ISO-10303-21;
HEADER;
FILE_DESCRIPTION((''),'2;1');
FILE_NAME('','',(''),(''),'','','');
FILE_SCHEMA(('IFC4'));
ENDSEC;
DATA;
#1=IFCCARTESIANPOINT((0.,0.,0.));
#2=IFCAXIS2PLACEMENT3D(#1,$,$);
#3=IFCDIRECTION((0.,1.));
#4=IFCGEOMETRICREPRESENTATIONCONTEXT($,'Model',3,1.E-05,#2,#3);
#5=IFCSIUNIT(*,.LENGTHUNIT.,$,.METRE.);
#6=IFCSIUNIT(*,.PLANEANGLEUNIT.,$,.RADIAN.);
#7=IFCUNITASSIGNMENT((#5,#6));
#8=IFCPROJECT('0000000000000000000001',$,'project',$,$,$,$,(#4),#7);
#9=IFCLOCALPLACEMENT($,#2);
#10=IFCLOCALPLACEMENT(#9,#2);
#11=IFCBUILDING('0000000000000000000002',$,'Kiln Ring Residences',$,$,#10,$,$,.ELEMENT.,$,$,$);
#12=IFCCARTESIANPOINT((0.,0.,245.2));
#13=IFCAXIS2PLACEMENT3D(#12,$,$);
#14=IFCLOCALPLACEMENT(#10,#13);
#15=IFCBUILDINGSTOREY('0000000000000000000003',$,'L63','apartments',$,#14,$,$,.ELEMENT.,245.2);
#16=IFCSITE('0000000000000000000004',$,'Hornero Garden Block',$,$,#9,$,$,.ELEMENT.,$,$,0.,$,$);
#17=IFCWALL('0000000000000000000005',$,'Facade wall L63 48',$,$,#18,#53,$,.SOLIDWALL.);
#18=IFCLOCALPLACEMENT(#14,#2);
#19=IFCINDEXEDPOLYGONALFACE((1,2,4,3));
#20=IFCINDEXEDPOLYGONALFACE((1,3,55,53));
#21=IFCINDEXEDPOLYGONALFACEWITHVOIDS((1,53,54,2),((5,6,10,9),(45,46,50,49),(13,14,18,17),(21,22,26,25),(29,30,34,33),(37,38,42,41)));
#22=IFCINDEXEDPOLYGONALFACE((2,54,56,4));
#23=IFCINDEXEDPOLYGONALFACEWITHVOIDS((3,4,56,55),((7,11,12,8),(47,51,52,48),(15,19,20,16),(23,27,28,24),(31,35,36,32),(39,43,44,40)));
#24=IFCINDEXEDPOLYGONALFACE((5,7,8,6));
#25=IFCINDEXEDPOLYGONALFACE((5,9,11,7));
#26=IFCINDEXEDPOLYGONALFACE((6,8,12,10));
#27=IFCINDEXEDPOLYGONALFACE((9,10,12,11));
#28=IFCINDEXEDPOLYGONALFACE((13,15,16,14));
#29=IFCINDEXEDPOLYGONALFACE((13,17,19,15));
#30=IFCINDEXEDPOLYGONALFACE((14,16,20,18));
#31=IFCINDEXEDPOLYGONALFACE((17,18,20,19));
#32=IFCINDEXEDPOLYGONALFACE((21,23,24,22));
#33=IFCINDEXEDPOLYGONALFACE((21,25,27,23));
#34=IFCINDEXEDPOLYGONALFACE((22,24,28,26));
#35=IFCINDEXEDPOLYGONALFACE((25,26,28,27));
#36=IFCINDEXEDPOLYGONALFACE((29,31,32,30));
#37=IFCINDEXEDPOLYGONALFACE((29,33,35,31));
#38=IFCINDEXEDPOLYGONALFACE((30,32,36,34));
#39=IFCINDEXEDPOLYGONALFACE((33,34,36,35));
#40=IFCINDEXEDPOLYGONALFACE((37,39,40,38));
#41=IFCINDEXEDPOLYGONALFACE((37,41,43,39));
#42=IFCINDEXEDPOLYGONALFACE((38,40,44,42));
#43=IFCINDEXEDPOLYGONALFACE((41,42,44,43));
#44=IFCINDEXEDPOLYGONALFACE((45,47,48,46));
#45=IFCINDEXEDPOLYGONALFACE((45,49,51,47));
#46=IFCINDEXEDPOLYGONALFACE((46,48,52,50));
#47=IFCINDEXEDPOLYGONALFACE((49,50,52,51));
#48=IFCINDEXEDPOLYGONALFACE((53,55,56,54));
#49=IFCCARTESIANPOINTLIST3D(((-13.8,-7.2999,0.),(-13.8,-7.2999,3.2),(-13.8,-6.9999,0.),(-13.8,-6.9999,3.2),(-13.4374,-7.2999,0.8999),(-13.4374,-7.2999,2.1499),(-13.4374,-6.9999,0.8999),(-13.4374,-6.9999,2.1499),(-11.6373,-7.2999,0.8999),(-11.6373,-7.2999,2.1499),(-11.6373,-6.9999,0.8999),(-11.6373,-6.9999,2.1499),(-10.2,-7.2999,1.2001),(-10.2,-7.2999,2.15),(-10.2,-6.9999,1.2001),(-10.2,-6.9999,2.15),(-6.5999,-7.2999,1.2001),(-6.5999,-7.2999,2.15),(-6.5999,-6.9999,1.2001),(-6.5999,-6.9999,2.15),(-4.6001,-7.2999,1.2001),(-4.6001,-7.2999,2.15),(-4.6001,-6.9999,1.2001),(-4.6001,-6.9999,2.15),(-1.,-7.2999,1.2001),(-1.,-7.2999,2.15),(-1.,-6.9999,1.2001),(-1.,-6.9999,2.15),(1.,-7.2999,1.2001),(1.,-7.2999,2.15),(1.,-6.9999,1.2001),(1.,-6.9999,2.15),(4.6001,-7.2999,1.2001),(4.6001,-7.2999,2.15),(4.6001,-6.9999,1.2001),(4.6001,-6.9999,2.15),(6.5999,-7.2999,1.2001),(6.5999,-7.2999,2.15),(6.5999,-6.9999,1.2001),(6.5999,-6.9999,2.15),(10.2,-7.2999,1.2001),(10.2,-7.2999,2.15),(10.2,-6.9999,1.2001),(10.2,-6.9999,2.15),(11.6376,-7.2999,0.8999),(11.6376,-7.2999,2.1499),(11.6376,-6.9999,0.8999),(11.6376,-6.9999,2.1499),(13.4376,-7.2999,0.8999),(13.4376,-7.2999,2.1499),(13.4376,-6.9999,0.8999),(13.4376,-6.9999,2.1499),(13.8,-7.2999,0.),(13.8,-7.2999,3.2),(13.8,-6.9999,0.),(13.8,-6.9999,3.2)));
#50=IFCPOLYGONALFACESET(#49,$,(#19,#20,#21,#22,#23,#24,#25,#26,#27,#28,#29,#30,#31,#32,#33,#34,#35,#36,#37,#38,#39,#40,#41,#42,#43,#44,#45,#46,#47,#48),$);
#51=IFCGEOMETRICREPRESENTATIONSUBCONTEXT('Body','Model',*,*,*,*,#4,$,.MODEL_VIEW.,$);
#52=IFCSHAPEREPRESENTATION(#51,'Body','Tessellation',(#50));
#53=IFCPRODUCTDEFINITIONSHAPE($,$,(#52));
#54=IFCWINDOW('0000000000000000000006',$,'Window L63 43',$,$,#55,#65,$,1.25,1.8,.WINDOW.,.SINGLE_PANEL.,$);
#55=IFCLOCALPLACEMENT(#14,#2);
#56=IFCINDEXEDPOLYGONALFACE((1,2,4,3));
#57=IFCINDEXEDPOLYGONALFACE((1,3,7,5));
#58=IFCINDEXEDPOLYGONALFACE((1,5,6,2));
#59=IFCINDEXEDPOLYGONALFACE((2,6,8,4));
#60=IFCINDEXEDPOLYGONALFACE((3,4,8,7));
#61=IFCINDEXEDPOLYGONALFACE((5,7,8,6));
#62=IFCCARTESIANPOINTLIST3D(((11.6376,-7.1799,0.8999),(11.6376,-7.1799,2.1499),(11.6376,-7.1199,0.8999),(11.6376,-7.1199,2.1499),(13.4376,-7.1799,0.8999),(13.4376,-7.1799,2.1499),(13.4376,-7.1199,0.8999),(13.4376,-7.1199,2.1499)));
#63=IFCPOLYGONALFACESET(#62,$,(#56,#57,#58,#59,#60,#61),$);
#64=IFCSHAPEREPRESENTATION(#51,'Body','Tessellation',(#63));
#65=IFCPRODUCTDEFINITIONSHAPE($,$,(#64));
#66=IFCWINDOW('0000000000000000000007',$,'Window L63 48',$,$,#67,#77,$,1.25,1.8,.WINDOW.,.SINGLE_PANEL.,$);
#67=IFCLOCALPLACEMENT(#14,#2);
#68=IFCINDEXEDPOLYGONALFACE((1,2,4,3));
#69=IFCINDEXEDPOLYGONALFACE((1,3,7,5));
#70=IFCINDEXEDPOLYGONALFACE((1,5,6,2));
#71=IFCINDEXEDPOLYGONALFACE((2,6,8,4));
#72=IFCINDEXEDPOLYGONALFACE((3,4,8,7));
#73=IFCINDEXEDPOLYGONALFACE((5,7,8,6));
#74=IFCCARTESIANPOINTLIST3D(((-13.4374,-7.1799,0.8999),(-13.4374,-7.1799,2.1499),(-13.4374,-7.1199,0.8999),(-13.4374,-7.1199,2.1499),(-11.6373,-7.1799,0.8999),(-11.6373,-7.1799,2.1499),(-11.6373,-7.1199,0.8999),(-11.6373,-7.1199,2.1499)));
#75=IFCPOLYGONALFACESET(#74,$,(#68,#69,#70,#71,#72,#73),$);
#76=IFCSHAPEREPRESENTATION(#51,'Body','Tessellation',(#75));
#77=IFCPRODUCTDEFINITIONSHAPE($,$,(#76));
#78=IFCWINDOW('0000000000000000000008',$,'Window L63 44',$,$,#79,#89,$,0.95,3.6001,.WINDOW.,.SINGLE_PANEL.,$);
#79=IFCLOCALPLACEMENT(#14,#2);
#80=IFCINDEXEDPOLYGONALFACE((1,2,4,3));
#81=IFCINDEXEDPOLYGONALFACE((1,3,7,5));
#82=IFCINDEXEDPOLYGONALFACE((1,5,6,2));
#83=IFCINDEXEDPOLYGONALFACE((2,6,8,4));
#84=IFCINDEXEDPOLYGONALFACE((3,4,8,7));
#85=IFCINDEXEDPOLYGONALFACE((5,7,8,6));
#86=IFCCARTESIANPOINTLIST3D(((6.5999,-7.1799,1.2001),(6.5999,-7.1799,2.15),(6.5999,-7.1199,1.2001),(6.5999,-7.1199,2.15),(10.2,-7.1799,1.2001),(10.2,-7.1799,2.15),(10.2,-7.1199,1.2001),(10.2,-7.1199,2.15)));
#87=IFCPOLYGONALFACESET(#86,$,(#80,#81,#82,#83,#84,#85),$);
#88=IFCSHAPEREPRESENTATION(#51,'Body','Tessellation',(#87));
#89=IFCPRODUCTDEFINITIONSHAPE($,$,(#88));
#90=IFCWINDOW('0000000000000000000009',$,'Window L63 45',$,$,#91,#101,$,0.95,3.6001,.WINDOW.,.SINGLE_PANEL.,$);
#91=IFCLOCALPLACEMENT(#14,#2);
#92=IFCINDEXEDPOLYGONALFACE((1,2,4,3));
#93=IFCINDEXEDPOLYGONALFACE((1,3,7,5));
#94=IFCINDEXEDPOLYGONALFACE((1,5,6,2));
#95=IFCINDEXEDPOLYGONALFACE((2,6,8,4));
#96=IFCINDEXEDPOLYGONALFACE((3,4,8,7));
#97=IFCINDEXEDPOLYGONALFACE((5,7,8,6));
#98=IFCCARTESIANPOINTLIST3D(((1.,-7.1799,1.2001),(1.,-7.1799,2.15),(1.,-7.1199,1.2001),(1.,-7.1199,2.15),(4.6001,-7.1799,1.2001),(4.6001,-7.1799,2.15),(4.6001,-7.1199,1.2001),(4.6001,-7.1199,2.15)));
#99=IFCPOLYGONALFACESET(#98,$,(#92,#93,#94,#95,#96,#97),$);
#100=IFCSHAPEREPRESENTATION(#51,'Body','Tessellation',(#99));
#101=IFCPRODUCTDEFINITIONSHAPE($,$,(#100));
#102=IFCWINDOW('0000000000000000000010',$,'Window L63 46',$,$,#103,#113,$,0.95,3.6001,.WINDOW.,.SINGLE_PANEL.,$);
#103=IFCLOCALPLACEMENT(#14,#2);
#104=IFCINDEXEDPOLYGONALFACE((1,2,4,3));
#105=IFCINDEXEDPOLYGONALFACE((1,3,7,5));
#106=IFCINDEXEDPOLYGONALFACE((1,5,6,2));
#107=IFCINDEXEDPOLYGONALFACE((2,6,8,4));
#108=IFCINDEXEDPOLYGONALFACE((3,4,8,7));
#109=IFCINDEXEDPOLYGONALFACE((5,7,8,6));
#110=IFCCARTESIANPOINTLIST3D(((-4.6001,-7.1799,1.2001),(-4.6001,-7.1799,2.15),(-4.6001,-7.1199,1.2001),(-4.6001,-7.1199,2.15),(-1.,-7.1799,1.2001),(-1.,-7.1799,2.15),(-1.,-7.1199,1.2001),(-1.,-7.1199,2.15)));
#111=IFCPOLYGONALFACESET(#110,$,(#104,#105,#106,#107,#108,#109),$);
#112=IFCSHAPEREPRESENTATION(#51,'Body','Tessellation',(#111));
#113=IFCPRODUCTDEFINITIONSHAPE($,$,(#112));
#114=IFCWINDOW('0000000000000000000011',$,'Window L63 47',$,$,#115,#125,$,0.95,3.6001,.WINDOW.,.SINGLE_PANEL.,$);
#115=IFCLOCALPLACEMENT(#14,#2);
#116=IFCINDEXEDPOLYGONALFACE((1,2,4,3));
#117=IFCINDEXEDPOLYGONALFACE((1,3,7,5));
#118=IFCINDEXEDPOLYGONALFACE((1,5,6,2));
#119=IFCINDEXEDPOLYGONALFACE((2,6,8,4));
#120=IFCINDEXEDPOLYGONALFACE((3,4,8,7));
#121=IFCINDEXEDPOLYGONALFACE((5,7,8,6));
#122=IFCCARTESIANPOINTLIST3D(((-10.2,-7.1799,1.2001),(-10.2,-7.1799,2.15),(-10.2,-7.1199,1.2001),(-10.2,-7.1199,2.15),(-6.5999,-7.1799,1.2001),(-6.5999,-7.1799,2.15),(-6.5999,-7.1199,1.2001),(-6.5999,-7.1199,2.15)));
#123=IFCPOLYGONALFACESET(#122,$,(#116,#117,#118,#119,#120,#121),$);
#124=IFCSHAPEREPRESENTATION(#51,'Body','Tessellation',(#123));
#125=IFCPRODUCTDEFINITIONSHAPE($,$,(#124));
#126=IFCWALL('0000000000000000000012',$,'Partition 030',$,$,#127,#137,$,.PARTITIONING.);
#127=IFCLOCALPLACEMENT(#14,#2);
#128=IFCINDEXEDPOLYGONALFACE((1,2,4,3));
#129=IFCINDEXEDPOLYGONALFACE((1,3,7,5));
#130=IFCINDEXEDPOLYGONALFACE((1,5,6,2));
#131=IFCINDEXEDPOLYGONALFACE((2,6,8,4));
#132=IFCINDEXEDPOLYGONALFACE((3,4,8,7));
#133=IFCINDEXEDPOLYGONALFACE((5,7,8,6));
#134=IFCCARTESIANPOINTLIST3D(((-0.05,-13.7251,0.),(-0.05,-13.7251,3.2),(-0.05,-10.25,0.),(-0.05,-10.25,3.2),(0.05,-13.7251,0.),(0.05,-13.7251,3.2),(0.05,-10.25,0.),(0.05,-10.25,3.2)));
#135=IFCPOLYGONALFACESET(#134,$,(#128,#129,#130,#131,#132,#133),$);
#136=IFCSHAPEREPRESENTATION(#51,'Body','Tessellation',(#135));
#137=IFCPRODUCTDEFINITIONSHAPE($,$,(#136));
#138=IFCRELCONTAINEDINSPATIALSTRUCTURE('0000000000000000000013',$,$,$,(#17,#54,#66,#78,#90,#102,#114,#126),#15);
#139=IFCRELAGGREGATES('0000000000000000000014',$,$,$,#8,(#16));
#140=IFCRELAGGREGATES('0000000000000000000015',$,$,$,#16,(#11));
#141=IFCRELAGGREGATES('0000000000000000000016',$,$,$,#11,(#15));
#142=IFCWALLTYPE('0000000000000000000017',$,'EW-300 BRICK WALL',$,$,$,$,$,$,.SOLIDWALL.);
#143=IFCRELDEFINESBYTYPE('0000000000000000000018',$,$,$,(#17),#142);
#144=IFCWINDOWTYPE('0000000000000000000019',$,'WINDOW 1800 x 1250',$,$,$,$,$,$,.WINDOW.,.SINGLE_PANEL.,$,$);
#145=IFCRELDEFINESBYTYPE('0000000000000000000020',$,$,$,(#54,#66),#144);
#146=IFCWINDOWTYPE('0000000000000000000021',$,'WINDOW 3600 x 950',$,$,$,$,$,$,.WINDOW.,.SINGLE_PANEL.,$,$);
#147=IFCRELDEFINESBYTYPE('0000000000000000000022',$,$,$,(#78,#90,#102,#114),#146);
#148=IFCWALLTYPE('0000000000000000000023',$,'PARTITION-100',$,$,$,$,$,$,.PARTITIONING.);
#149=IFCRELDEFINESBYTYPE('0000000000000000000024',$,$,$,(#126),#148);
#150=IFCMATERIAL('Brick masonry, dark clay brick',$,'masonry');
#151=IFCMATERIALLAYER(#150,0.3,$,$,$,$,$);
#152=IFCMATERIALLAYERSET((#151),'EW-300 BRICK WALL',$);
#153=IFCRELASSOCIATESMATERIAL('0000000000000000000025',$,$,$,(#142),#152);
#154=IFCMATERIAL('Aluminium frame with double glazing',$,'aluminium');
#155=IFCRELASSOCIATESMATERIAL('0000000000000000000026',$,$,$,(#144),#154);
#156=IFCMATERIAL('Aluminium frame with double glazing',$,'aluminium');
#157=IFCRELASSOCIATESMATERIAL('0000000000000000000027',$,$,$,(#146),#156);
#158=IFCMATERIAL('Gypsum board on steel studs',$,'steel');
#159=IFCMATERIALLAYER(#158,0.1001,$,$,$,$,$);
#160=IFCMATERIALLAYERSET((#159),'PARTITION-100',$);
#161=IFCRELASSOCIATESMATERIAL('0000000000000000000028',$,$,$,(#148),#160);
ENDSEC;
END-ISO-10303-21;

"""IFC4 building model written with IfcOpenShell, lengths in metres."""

from ifc_helpers import new_model, si_unit, direction, frame, frame_2d, origin, place, context, subcontext, project, spatial, rectangle, extrude, material, layer, layer_set, type_object, element, fill, save


model = new_model("IFC4")

# Units and contexts
model_context = context("Model", 3, precision=1e-05, world=origin(), true_north=direction((0.0, 1.0)))
body_context = subcontext(model_context, "Body", "Model", "MODEL_VIEW")
ifc_project = project(units=[si_unit("LENGTHUNIT", "METRE"), si_unit("PLANEANGLEUNIT", "RADIAN")], contexts=[model_context])

# Site, building, storey
site_placement = place(None, origin())
site = spatial("IfcSite", under=ifc_project, at=site_placement, Name="Hornero Garden Block", CompositionType="ELEMENT", RefElevation=0.0)
building_placement = place(site_placement, origin())
building = spatial("IfcBuilding", under=site, at=building_placement, Name="Kiln Ring Residences", CompositionType="ELEMENT")
storey_placement = place(building_placement, frame((0.0, 0.0, 245.2)))
storey = spatial("IfcBuildingStorey", under=building, at=storey_placement, Name="L63", Description="apartments", CompositionType="ELEMENT", Elevation=245.2)

# Wall, openings, windows
ifc_material_1 = material(Name="Brick masonry, dark clay brick", Category="masonry")
ifc_layer_1 = layer(ifc_material_1, 0.3)
ifc_layer_set_1 = layer_set([ifc_layer_1], Name="EW-300 BRICK WALL")
wall_type_1 = type_object("IfcWallType", Name="EW-300 BRICK WALL", PredefinedType="SOLIDWALL", material=ifc_layer_set_1)
wall_1_placement = place(storey_placement, frame((13.8, -7.1499, 0.0), z_axis=(0.0, 0.0, 1.0), x_axis=(-1.0, 0.0, 0.0)))
wall_1 = element("IfcWall", 1, at=wall_1_placement, inside=storey, type_object=wall_type_1, Name="Facade wall L63 48", PredefinedType="SOLIDWALL", context=body_context, shape_type="SweptSolid", body=[
    extrude(rectangle(XDim=27.6001, YDim=0.3, at=frame_2d((13.8, 0.0))), origin(), (0.0, 0.0, 1.0), 3.2),
])
opening_1_placement = place(wall_1_placement, frame((0.3625, 0.0, 0.8999)))
opening_1 = element("IfcOpeningElement", 2, at=opening_1_placement, cuts=wall_1, PredefinedType="OPENING", context=body_context, shape_type="SweptSolid", body=[
    extrude(rectangle(XDim=1.8, YDim=1.25, at=frame_2d((0.8999, 0.625))), frame((0.0, 0.1599, 0.0), z_axis=(0.0, -1.0, 0.0), x_axis=(1.0, 0.0, 0.0)), (0.0, 0.0, 1.0), 0.3201),
])
opening_2_placement = place(wall_1_placement, frame((3.6001, 0.0, 1.2)))
opening_2 = element("IfcOpeningElement", 3, at=opening_2_placement, cuts=wall_1, PredefinedType="OPENING", context=body_context, shape_type="SweptSolid", body=[
    extrude(rectangle(XDim=3.6001, YDim=0.95, at=frame_2d((1.8, 0.4751))), frame((0.0, 0.1599, 0.0), z_axis=(0.0, -1.0, 0.0), x_axis=(1.0, 0.0, 0.0)), (0.0, 0.0, 1.0), 0.3201),
])
opening_3_placement = place(wall_1_placement, frame((9.2, 0.0, 1.2)))
opening_3 = element("IfcOpeningElement", 4, at=opening_3_placement, cuts=wall_1, PredefinedType="OPENING", context=body_context, shape_type="SweptSolid", body=[
    extrude(rectangle(XDim=3.6001, YDim=0.95, at=frame_2d((1.8, 0.4751))), frame((0.0, 0.1599, 0.0), z_axis=(0.0, -1.0, 0.0), x_axis=(1.0, 0.0, 0.0)), (0.0, 0.0, 1.0), 0.3201),
])
opening_4_placement = place(wall_1_placement, frame((14.8, 0.0, 1.2)))
opening_4 = element("IfcOpeningElement", 5, at=opening_4_placement, cuts=wall_1, PredefinedType="OPENING", context=body_context, shape_type="SweptSolid", body=[
    extrude(rectangle(XDim=3.6001, YDim=0.95, at=frame_2d((1.8, 0.4751))), frame((0.0, 0.1599, 0.0), z_axis=(0.0, -1.0, 0.0), x_axis=(1.0, 0.0, 0.0)), (0.0, 0.0, 1.0), 0.3201),
])
opening_5_placement = place(wall_1_placement, frame((20.3999, 0.0, 1.2)))
opening_5 = element("IfcOpeningElement", 6, at=opening_5_placement, cuts=wall_1, PredefinedType="OPENING", context=body_context, shape_type="SweptSolid", body=[
    extrude(rectangle(XDim=3.6001, YDim=0.95, at=frame_2d((1.8, 0.4751))), frame((0.0, 0.1599, 0.0), z_axis=(0.0, -1.0, 0.0), x_axis=(1.0, 0.0, 0.0)), (0.0, 0.0, 1.0), 0.3201),
])
opening_6_placement = place(wall_1_placement, frame((25.4375, 0.0, 0.8999)))
opening_6 = element("IfcOpeningElement", 7, at=opening_6_placement, cuts=wall_1, PredefinedType="OPENING", context=body_context, shape_type="SweptSolid", body=[
    extrude(rectangle(XDim=1.8, YDim=1.25, at=frame_2d((0.8999, 0.625))), frame((0.0, 0.1599, 0.0), z_axis=(0.0, -1.0, 0.0), x_axis=(1.0, 0.0, 0.0)), (0.0, 0.0, 1.0), 0.3201),
])
ifc_material_2 = material(Name="Aluminium frame with double glazing", Category="aluminium")
window_type_1 = type_object("IfcWindowType", Name="WINDOW 1800 x 1250", PartitioningType="SINGLE_PANEL", PredefinedType="WINDOW", material=ifc_material_2)
window_1_placement = place(opening_1_placement, origin())
window_1 = element("IfcWindow", 8, at=window_1_placement, inside=storey, type_object=window_type_1, Name="Window L63 43", OverallHeight=1.25, OverallWidth=1.8, PartitioningType="SINGLE_PANEL", PredefinedType="WINDOW", context=body_context, shape_type="SweptSolid", body=[
    extrude(rectangle(XDim=1.8, YDim=1.25, at=frame_2d((0.8999, 0.625))), frame((0.0, 0.03, 0.0), z_axis=(0.0, -1.0, 0.0), x_axis=(1.0, 0.0, 0.0)), (0.0, 0.0, 1.0), 0.0601),
])
fill(opening_1, window_1)
window_2_placement = place(opening_6_placement, origin())
window_2 = element("IfcWindow", 9, at=window_2_placement, inside=storey, type_object=window_type_1, Name="Window L63 48", OverallHeight=1.25, OverallWidth=1.8, PartitioningType="SINGLE_PANEL", PredefinedType="WINDOW", context=body_context, shape_type="SweptSolid", body=[
    extrude(rectangle(XDim=1.8, YDim=1.25, at=frame_2d((0.8999, 0.625))), frame((0.0, 0.03, 0.0), z_axis=(0.0, -1.0, 0.0), x_axis=(1.0, 0.0, 0.0)), (0.0, 0.0, 1.0), 0.0601),
])
fill(opening_6, window_2)
ifc_material_3 = material(Name="Aluminium frame with double glazing", Category="aluminium")
window_type_2 = type_object("IfcWindowType", Name="WINDOW 3600 x 950", PartitioningType="SINGLE_PANEL", PredefinedType="WINDOW", material=ifc_material_3)
window_3_placement = place(opening_2_placement, origin())
window_3 = element("IfcWindow", 10, at=window_3_placement, inside=storey, type_object=window_type_2, Name="Window L63 44", OverallHeight=0.95, OverallWidth=3.6001, PartitioningType="SINGLE_PANEL", PredefinedType="WINDOW", context=body_context, shape_type="SweptSolid", body=[
    extrude(rectangle(XDim=3.6001, YDim=0.95, at=frame_2d((1.8, 0.4751))), frame((0.0, 0.03, 0.0), z_axis=(0.0, -1.0, 0.0), x_axis=(1.0, 0.0, 0.0)), (0.0, 0.0, 1.0), 0.0601),
])
fill(opening_2, window_3)
window_4_placement = place(opening_3_placement, origin())
window_4 = element("IfcWindow", 11, at=window_4_placement, inside=storey, type_object=window_type_2, Name="Window L63 45", OverallHeight=0.95, OverallWidth=3.6001, PartitioningType="SINGLE_PANEL", PredefinedType="WINDOW", context=body_context, shape_type="SweptSolid", body=[
    extrude(rectangle(XDim=3.6001, YDim=0.95, at=frame_2d((1.8, 0.4751))), frame((0.0, 0.03, 0.0), z_axis=(0.0, -1.0, 0.0), x_axis=(1.0, 0.0, 0.0)), (0.0, 0.0, 1.0), 0.0601),
])
fill(opening_3, window_4)
window_5_placement = place(opening_4_placement, origin())
window_5 = element("IfcWindow", 12, at=window_5_placement, inside=storey, type_object=window_type_2, Name="Window L63 46", OverallHeight=0.95, OverallWidth=3.6001, PartitioningType="SINGLE_PANEL", PredefinedType="WINDOW", context=body_context, shape_type="SweptSolid", body=[
    extrude(rectangle(XDim=3.6001, YDim=0.95, at=frame_2d((1.8, 0.4751))), frame((0.0, 0.03, 0.0), z_axis=(0.0, -1.0, 0.0), x_axis=(1.0, 0.0, 0.0)), (0.0, 0.0, 1.0), 0.0601),
])
fill(opening_4, window_5)
window_6_placement = place(opening_5_placement, origin())
window_6 = element("IfcWindow", 13, at=window_6_placement, inside=storey, type_object=window_type_2, Name="Window L63 47", OverallHeight=0.95, OverallWidth=3.6001, PartitioningType="SINGLE_PANEL", PredefinedType="WINDOW", context=body_context, shape_type="SweptSolid", body=[
    extrude(rectangle(XDim=3.6001, YDim=0.95, at=frame_2d((1.8, 0.4751))), frame((0.0, 0.03, 0.0), z_axis=(0.0, -1.0, 0.0), x_axis=(1.0, 0.0, 0.0)), (0.0, 0.0, 1.0), 0.0601),
])
fill(opening_5, window_6)

# Wall
ifc_material_4 = material(Name="Gypsum board on steel studs", Category="steel")
ifc_layer_2 = layer(ifc_material_4, 0.1001)
ifc_layer_set_2 = layer_set([ifc_layer_2], Name="PARTITION-100")
wall_type_2 = type_object("IfcWallType", Name="PARTITION-100", PredefinedType="PARTITIONING", material=ifc_layer_set_2)
wall_2_placement = place(storey_placement, frame((0.0, -13.7251, 0.0), z_axis=(0.0, 0.0, 1.0), x_axis=(0.0, 1.0, 0.0)))
element("IfcWall", 14, at=wall_2_placement, inside=storey, type_object=wall_type_2, Name="Partition 030", PredefinedType="PARTITIONING", context=body_context, shape_type="SweptSolid", body=[
    extrude(rectangle(XDim=3.4751, YDim=0.1001, at=frame_2d((1.7375, 0.0))), origin(), (0.0, 0.0, 1.0), 3.2),
])

save(model, "model.ifc")
